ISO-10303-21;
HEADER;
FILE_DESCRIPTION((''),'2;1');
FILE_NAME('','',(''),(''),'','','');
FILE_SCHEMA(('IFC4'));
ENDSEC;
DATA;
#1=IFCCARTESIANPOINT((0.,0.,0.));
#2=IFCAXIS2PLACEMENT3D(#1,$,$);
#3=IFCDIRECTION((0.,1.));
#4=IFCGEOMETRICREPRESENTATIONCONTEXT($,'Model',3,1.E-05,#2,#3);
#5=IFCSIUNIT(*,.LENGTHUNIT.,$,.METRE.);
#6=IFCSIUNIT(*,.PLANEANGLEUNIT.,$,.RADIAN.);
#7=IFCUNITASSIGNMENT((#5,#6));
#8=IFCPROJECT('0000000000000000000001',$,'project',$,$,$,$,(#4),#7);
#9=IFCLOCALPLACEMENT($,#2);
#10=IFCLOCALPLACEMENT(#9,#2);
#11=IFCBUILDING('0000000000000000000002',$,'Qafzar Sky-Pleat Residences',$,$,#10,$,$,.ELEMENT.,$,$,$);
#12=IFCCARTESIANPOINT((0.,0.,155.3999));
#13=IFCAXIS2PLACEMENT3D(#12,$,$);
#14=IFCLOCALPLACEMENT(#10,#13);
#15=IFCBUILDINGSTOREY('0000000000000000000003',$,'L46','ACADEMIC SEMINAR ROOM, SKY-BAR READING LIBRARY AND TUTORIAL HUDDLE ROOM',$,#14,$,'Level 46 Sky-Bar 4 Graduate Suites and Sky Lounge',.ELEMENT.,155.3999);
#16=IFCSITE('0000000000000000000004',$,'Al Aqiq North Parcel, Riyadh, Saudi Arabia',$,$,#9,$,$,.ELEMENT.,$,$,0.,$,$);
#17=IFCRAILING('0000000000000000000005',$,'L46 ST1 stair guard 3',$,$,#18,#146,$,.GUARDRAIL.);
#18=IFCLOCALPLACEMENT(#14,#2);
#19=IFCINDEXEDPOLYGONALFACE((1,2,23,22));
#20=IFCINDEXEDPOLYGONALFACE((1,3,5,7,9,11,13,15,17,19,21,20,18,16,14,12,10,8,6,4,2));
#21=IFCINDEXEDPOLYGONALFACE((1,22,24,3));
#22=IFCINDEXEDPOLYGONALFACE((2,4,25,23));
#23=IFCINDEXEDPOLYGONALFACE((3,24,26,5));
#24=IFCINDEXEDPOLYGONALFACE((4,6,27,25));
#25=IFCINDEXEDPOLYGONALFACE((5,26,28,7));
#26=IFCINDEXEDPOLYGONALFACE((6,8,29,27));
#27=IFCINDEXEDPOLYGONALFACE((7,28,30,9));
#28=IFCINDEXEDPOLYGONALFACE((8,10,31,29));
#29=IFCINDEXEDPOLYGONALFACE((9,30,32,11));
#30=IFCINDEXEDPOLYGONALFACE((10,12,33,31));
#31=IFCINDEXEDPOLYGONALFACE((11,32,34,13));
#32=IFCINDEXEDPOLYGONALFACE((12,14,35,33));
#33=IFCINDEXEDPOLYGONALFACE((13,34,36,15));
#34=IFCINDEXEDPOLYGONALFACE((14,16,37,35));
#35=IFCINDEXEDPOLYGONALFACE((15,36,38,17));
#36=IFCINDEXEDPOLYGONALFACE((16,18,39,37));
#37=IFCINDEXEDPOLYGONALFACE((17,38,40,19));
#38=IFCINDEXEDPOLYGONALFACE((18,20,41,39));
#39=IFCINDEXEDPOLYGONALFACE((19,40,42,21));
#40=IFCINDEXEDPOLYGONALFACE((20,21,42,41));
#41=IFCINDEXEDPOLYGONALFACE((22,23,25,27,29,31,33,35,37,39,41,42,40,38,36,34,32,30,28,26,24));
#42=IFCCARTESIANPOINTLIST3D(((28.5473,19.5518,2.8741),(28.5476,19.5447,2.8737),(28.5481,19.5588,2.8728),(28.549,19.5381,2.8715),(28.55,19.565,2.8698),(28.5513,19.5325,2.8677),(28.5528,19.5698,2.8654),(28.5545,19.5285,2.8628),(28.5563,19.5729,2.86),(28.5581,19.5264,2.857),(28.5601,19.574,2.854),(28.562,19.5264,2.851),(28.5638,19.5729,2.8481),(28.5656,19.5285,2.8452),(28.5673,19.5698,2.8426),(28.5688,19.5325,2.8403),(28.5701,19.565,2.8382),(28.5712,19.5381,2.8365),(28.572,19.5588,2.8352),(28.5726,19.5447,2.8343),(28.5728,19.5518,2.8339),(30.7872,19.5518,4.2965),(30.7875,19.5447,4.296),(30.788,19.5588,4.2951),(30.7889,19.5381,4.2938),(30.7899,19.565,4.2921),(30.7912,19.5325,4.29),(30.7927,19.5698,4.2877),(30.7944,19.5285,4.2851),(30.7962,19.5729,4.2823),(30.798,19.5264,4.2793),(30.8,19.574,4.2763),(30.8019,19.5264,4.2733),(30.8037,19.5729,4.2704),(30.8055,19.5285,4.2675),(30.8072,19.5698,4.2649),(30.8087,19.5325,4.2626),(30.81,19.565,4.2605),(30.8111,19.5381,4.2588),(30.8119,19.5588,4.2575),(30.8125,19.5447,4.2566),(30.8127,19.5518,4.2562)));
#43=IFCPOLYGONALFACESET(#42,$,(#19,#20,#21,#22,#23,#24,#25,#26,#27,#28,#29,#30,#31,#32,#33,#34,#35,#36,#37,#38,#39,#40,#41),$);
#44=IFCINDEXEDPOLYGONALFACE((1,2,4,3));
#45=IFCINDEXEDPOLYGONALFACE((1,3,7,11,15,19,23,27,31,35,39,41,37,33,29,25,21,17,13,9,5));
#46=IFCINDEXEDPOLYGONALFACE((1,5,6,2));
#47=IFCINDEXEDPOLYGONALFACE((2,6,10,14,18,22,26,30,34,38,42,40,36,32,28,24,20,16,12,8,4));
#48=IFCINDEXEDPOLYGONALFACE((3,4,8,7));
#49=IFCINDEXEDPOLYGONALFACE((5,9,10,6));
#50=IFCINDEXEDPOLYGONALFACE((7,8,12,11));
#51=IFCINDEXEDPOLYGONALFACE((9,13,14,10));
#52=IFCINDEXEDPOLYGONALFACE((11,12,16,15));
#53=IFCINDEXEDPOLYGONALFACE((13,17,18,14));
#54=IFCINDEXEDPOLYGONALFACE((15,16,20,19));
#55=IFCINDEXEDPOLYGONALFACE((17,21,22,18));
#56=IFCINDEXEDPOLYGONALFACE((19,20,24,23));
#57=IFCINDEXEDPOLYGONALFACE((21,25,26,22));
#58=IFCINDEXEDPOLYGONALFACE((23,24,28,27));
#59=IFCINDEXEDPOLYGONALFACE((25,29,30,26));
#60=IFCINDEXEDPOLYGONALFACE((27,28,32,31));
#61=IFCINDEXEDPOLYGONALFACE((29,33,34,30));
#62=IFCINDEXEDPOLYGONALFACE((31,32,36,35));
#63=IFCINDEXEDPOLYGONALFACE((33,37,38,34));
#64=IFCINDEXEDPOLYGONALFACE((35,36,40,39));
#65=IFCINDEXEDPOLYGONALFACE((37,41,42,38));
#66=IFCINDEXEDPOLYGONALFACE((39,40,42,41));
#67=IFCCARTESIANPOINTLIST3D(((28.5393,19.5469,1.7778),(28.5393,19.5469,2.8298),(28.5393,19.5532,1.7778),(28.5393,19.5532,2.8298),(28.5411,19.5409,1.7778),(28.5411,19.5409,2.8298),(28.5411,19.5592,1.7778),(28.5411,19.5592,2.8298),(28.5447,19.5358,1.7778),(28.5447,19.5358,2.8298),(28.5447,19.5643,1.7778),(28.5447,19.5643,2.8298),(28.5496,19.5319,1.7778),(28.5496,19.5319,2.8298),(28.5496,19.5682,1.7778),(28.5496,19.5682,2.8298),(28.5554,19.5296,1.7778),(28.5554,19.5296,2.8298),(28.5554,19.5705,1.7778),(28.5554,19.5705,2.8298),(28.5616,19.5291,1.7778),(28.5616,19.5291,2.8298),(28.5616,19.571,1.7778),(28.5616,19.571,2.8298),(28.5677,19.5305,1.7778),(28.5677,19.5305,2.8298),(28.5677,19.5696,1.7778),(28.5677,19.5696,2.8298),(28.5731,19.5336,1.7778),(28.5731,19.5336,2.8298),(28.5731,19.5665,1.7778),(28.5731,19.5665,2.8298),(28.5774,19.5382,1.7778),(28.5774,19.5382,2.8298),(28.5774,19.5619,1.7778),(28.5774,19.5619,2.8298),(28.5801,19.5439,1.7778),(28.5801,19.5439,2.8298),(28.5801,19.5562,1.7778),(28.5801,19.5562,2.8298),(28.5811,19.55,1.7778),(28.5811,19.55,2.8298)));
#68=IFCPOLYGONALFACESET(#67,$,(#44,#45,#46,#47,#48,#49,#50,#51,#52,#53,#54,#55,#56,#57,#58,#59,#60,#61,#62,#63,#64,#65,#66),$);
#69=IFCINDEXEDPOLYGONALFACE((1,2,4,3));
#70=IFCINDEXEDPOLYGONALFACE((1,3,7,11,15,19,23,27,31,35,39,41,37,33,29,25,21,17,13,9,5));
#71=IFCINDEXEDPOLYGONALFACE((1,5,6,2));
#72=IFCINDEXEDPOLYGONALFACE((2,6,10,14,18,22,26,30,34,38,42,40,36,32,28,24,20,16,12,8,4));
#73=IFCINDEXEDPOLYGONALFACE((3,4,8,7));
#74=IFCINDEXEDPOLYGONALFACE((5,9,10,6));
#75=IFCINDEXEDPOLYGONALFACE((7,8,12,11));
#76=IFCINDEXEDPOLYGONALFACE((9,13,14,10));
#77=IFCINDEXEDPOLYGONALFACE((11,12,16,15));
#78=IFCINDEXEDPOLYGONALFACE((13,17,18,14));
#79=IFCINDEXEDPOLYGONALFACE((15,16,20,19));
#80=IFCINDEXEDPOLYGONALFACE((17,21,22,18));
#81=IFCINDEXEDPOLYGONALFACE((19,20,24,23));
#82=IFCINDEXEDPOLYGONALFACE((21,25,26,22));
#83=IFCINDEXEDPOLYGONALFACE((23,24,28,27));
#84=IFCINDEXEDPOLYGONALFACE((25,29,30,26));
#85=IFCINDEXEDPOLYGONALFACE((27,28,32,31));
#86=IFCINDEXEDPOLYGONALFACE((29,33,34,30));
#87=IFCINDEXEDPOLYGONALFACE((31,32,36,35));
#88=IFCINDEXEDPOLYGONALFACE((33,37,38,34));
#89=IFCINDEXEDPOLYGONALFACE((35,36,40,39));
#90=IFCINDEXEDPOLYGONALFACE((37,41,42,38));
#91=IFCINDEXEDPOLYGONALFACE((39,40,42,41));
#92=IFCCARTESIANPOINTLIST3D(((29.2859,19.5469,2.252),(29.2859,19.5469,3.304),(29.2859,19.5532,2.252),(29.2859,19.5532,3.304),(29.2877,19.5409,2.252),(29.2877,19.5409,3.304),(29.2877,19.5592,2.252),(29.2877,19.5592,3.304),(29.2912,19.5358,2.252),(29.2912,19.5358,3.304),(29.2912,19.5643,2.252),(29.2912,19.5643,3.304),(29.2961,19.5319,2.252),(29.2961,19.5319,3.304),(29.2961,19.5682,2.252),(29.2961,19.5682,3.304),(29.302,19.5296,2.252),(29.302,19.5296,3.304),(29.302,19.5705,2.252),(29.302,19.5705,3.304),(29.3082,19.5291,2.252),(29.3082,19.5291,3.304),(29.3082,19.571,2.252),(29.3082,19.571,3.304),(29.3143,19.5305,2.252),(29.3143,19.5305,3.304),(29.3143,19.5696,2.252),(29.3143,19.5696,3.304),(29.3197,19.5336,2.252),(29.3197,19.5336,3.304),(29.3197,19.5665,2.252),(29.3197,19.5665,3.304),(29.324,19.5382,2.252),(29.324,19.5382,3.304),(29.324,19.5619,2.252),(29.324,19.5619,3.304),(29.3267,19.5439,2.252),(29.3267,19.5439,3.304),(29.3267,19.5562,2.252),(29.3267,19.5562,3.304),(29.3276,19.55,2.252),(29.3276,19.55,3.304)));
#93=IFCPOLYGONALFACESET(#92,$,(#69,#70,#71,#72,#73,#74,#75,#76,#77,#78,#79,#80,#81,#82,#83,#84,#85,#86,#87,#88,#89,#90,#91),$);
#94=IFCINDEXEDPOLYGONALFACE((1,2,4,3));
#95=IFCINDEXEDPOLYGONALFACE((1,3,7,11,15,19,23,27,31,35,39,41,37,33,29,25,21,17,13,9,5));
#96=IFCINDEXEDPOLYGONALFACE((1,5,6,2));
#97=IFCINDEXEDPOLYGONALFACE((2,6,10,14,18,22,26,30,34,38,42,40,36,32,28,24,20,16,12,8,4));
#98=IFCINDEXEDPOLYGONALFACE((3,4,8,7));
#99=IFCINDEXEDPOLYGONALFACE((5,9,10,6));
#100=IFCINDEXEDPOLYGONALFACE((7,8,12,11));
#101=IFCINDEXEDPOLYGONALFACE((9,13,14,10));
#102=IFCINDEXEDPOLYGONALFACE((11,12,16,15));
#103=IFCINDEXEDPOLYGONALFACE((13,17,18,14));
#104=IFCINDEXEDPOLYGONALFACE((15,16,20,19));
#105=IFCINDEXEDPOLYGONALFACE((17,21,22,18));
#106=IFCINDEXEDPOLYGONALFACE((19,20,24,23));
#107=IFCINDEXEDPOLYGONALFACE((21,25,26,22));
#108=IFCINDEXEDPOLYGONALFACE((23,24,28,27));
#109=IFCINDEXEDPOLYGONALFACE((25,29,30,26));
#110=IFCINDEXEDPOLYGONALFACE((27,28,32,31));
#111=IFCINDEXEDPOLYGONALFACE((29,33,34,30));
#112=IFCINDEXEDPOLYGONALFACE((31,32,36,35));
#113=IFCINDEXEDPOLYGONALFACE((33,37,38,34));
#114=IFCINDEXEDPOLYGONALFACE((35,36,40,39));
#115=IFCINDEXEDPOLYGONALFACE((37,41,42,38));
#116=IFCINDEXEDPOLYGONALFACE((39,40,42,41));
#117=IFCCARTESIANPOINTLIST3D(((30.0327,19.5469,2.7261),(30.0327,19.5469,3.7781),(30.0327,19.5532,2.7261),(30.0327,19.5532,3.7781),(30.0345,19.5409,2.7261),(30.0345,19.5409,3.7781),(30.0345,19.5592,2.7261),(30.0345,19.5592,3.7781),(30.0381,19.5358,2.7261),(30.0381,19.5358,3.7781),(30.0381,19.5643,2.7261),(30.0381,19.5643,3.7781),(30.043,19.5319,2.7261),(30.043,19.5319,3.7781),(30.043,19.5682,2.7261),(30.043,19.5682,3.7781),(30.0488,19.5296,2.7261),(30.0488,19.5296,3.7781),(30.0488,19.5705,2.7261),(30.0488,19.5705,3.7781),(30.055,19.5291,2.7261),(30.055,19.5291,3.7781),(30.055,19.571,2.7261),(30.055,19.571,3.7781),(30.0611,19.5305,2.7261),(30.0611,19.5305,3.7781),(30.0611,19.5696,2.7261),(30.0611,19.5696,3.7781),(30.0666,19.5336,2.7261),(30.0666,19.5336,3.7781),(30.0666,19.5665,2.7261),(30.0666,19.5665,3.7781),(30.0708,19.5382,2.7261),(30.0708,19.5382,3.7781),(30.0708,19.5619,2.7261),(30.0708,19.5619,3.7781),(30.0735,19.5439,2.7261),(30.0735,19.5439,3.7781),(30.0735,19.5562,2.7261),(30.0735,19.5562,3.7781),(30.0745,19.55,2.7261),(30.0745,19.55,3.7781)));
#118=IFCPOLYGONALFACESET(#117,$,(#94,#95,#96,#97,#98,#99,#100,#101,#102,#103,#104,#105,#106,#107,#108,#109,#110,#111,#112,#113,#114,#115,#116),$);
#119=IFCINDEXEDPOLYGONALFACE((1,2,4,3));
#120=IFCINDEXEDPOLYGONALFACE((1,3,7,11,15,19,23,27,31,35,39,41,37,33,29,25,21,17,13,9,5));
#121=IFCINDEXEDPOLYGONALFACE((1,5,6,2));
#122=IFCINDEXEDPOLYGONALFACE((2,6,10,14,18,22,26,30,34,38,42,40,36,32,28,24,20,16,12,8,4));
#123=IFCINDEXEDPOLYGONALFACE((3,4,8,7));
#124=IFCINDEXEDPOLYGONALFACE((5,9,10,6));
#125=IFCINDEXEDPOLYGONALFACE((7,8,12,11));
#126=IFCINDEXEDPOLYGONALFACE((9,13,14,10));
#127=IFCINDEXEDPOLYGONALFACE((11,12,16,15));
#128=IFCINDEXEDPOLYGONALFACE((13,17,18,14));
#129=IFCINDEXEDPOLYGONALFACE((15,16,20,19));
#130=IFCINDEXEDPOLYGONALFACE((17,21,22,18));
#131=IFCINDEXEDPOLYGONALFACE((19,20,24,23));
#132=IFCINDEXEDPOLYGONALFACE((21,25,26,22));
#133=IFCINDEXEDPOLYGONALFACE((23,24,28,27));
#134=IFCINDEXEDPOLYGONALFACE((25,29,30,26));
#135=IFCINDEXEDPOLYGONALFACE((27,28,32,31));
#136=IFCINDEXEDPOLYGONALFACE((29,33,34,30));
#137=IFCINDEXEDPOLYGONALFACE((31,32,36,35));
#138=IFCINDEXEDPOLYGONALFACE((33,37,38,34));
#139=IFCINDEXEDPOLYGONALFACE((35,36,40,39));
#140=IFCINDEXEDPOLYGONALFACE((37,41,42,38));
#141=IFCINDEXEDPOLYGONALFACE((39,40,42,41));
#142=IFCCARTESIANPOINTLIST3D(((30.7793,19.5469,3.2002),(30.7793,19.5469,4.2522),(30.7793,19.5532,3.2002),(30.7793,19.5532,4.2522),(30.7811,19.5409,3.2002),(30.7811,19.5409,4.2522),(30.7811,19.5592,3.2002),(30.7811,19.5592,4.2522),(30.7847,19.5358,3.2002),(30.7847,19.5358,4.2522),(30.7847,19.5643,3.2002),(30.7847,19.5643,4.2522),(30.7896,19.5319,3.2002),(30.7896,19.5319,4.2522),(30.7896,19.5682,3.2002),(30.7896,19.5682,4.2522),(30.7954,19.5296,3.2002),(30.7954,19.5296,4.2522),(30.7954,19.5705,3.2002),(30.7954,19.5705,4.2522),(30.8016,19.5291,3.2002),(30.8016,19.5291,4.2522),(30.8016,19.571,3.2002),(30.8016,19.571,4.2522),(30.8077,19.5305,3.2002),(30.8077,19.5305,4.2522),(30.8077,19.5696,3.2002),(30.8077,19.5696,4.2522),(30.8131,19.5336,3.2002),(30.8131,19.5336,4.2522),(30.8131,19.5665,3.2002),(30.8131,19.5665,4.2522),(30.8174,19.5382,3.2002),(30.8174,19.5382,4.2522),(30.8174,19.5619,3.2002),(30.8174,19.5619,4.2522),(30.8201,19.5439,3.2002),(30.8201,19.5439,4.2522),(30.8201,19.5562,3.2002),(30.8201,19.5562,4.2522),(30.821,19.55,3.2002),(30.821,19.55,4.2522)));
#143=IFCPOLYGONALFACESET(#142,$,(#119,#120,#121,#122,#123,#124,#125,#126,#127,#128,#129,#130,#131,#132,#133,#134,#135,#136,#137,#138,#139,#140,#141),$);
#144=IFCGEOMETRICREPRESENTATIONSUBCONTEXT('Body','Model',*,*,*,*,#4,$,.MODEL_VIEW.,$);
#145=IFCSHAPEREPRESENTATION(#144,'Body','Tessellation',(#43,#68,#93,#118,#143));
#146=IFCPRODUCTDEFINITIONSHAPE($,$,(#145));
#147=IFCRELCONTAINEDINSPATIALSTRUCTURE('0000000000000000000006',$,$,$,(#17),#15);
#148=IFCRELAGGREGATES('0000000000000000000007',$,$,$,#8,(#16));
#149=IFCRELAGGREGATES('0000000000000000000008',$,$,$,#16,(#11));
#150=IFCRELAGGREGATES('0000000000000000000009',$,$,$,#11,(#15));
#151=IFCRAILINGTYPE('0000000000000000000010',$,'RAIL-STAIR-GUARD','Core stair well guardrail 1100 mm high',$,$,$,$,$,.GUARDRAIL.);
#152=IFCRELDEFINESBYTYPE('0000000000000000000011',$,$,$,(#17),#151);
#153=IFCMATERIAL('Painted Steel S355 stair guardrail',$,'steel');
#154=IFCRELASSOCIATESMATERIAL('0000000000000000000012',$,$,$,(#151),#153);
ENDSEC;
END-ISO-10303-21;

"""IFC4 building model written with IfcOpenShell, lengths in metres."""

from ifc_helpers import new_model, si_unit, direction, frame, origin, origin_2d, place, context, subcontext, project, spatial, circle, extrude, source, transform, mapped, material, type_object, element, save


model = new_model("IFC4")

# Units and contexts
model_context = context("Model", 3, precision=1e-05, world=origin(), true_north=direction((0.0, 1.0)))
body_context = subcontext(model_context, "Body", "Model", "MODEL_VIEW")
ifc_project = project(units=[si_unit("LENGTHUNIT", "METRE"), si_unit("PLANEANGLEUNIT", "RADIAN")], contexts=[model_context])

# Site, building, storey
site_placement = place(None, origin())
site = spatial("IfcSite", under=ifc_project, at=site_placement, Name="Al Aqiq North Parcel, Riyadh, Saudi Arabia", CompositionType="ELEMENT", RefElevation=0.0)
building_placement = place(site_placement, origin())
building = spatial("IfcBuilding", under=site, at=building_placement, Name="Qafzar Sky-Pleat Residences", CompositionType="ELEMENT")
storey_placement = place(building_placement, frame((0.0, 0.0, 155.3999)))
storey = spatial("IfcBuildingStorey", under=building, at=storey_placement, Name="L46", Description="ACADEMIC SEMINAR ROOM, SKY-BAR READING LIBRARY AND TUTORIAL HUDDLE ROOM", LongName="Level 46 Sky-Bar 4 Graduate Suites and Sky Lounge", CompositionType="ELEMENT", Elevation=155.3999)

# Railing
ifc_material_1 = material(Name="Painted Steel S355 stair guardrail", Category="steel")
railing_type_1 = type_object("IfcRailingType", Name="RAIL-STAIR-GUARD", Description="Core stair well guardrail 1100 mm high", PredefinedType="GUARDRAIL", material=ifc_material_1)
shared_shape_1 = source(origin(), body_context, "Body", "SweptSolid", [
    extrude(circle(Radius=0.0239, at=origin_2d()), frame((0.0, 0.0, 1.0762), z_axis=(0.844188, 0.0, 0.536048), x_axis=(0.0, 1.0, 0.0)), (0.0, 0.0, 1.0), 2.6533),
    extrude(circle(Radius=0.021, at=origin_2d()), origin(), (0.0, 0.0, 1.0), 1.052),
    extrude(circle(Radius=0.021, at=origin_2d()), frame((0.7466, 0.0, 0.4741)), (0.0, 0.0, 1.0), 1.052),
    extrude(circle(Radius=0.021, at=origin_2d()), frame((1.4934, 0.0, 0.9482)), (0.0, 0.0, 1.0), 1.052),
    extrude(circle(Radius=0.021, at=origin_2d()), frame((2.24, 0.0, 1.4224)), (0.0, 0.0, 1.0), 1.052),
])
railing_1_placement = place(storey_placement, frame((28.5601, 19.55, 1.7778)))
element("IfcRailing", 1, at=railing_1_placement, inside=storey, type_object=railing_type_1, Name="L46 ST1 stair guard 3", PredefinedType="GUARDRAIL", context=body_context, shape_type="MappedRepresentation", body=[
    mapped(shared_shape_1, transform((0.0, 0.0, 0.0), x_axis=(1.0, 0.0, 0.0), y_axis=(0.0, 1.0, 0.0), z_axis=(0.0, 0.0, 1.0), scale=1.0)),
])

save(model, "model.ifc")
